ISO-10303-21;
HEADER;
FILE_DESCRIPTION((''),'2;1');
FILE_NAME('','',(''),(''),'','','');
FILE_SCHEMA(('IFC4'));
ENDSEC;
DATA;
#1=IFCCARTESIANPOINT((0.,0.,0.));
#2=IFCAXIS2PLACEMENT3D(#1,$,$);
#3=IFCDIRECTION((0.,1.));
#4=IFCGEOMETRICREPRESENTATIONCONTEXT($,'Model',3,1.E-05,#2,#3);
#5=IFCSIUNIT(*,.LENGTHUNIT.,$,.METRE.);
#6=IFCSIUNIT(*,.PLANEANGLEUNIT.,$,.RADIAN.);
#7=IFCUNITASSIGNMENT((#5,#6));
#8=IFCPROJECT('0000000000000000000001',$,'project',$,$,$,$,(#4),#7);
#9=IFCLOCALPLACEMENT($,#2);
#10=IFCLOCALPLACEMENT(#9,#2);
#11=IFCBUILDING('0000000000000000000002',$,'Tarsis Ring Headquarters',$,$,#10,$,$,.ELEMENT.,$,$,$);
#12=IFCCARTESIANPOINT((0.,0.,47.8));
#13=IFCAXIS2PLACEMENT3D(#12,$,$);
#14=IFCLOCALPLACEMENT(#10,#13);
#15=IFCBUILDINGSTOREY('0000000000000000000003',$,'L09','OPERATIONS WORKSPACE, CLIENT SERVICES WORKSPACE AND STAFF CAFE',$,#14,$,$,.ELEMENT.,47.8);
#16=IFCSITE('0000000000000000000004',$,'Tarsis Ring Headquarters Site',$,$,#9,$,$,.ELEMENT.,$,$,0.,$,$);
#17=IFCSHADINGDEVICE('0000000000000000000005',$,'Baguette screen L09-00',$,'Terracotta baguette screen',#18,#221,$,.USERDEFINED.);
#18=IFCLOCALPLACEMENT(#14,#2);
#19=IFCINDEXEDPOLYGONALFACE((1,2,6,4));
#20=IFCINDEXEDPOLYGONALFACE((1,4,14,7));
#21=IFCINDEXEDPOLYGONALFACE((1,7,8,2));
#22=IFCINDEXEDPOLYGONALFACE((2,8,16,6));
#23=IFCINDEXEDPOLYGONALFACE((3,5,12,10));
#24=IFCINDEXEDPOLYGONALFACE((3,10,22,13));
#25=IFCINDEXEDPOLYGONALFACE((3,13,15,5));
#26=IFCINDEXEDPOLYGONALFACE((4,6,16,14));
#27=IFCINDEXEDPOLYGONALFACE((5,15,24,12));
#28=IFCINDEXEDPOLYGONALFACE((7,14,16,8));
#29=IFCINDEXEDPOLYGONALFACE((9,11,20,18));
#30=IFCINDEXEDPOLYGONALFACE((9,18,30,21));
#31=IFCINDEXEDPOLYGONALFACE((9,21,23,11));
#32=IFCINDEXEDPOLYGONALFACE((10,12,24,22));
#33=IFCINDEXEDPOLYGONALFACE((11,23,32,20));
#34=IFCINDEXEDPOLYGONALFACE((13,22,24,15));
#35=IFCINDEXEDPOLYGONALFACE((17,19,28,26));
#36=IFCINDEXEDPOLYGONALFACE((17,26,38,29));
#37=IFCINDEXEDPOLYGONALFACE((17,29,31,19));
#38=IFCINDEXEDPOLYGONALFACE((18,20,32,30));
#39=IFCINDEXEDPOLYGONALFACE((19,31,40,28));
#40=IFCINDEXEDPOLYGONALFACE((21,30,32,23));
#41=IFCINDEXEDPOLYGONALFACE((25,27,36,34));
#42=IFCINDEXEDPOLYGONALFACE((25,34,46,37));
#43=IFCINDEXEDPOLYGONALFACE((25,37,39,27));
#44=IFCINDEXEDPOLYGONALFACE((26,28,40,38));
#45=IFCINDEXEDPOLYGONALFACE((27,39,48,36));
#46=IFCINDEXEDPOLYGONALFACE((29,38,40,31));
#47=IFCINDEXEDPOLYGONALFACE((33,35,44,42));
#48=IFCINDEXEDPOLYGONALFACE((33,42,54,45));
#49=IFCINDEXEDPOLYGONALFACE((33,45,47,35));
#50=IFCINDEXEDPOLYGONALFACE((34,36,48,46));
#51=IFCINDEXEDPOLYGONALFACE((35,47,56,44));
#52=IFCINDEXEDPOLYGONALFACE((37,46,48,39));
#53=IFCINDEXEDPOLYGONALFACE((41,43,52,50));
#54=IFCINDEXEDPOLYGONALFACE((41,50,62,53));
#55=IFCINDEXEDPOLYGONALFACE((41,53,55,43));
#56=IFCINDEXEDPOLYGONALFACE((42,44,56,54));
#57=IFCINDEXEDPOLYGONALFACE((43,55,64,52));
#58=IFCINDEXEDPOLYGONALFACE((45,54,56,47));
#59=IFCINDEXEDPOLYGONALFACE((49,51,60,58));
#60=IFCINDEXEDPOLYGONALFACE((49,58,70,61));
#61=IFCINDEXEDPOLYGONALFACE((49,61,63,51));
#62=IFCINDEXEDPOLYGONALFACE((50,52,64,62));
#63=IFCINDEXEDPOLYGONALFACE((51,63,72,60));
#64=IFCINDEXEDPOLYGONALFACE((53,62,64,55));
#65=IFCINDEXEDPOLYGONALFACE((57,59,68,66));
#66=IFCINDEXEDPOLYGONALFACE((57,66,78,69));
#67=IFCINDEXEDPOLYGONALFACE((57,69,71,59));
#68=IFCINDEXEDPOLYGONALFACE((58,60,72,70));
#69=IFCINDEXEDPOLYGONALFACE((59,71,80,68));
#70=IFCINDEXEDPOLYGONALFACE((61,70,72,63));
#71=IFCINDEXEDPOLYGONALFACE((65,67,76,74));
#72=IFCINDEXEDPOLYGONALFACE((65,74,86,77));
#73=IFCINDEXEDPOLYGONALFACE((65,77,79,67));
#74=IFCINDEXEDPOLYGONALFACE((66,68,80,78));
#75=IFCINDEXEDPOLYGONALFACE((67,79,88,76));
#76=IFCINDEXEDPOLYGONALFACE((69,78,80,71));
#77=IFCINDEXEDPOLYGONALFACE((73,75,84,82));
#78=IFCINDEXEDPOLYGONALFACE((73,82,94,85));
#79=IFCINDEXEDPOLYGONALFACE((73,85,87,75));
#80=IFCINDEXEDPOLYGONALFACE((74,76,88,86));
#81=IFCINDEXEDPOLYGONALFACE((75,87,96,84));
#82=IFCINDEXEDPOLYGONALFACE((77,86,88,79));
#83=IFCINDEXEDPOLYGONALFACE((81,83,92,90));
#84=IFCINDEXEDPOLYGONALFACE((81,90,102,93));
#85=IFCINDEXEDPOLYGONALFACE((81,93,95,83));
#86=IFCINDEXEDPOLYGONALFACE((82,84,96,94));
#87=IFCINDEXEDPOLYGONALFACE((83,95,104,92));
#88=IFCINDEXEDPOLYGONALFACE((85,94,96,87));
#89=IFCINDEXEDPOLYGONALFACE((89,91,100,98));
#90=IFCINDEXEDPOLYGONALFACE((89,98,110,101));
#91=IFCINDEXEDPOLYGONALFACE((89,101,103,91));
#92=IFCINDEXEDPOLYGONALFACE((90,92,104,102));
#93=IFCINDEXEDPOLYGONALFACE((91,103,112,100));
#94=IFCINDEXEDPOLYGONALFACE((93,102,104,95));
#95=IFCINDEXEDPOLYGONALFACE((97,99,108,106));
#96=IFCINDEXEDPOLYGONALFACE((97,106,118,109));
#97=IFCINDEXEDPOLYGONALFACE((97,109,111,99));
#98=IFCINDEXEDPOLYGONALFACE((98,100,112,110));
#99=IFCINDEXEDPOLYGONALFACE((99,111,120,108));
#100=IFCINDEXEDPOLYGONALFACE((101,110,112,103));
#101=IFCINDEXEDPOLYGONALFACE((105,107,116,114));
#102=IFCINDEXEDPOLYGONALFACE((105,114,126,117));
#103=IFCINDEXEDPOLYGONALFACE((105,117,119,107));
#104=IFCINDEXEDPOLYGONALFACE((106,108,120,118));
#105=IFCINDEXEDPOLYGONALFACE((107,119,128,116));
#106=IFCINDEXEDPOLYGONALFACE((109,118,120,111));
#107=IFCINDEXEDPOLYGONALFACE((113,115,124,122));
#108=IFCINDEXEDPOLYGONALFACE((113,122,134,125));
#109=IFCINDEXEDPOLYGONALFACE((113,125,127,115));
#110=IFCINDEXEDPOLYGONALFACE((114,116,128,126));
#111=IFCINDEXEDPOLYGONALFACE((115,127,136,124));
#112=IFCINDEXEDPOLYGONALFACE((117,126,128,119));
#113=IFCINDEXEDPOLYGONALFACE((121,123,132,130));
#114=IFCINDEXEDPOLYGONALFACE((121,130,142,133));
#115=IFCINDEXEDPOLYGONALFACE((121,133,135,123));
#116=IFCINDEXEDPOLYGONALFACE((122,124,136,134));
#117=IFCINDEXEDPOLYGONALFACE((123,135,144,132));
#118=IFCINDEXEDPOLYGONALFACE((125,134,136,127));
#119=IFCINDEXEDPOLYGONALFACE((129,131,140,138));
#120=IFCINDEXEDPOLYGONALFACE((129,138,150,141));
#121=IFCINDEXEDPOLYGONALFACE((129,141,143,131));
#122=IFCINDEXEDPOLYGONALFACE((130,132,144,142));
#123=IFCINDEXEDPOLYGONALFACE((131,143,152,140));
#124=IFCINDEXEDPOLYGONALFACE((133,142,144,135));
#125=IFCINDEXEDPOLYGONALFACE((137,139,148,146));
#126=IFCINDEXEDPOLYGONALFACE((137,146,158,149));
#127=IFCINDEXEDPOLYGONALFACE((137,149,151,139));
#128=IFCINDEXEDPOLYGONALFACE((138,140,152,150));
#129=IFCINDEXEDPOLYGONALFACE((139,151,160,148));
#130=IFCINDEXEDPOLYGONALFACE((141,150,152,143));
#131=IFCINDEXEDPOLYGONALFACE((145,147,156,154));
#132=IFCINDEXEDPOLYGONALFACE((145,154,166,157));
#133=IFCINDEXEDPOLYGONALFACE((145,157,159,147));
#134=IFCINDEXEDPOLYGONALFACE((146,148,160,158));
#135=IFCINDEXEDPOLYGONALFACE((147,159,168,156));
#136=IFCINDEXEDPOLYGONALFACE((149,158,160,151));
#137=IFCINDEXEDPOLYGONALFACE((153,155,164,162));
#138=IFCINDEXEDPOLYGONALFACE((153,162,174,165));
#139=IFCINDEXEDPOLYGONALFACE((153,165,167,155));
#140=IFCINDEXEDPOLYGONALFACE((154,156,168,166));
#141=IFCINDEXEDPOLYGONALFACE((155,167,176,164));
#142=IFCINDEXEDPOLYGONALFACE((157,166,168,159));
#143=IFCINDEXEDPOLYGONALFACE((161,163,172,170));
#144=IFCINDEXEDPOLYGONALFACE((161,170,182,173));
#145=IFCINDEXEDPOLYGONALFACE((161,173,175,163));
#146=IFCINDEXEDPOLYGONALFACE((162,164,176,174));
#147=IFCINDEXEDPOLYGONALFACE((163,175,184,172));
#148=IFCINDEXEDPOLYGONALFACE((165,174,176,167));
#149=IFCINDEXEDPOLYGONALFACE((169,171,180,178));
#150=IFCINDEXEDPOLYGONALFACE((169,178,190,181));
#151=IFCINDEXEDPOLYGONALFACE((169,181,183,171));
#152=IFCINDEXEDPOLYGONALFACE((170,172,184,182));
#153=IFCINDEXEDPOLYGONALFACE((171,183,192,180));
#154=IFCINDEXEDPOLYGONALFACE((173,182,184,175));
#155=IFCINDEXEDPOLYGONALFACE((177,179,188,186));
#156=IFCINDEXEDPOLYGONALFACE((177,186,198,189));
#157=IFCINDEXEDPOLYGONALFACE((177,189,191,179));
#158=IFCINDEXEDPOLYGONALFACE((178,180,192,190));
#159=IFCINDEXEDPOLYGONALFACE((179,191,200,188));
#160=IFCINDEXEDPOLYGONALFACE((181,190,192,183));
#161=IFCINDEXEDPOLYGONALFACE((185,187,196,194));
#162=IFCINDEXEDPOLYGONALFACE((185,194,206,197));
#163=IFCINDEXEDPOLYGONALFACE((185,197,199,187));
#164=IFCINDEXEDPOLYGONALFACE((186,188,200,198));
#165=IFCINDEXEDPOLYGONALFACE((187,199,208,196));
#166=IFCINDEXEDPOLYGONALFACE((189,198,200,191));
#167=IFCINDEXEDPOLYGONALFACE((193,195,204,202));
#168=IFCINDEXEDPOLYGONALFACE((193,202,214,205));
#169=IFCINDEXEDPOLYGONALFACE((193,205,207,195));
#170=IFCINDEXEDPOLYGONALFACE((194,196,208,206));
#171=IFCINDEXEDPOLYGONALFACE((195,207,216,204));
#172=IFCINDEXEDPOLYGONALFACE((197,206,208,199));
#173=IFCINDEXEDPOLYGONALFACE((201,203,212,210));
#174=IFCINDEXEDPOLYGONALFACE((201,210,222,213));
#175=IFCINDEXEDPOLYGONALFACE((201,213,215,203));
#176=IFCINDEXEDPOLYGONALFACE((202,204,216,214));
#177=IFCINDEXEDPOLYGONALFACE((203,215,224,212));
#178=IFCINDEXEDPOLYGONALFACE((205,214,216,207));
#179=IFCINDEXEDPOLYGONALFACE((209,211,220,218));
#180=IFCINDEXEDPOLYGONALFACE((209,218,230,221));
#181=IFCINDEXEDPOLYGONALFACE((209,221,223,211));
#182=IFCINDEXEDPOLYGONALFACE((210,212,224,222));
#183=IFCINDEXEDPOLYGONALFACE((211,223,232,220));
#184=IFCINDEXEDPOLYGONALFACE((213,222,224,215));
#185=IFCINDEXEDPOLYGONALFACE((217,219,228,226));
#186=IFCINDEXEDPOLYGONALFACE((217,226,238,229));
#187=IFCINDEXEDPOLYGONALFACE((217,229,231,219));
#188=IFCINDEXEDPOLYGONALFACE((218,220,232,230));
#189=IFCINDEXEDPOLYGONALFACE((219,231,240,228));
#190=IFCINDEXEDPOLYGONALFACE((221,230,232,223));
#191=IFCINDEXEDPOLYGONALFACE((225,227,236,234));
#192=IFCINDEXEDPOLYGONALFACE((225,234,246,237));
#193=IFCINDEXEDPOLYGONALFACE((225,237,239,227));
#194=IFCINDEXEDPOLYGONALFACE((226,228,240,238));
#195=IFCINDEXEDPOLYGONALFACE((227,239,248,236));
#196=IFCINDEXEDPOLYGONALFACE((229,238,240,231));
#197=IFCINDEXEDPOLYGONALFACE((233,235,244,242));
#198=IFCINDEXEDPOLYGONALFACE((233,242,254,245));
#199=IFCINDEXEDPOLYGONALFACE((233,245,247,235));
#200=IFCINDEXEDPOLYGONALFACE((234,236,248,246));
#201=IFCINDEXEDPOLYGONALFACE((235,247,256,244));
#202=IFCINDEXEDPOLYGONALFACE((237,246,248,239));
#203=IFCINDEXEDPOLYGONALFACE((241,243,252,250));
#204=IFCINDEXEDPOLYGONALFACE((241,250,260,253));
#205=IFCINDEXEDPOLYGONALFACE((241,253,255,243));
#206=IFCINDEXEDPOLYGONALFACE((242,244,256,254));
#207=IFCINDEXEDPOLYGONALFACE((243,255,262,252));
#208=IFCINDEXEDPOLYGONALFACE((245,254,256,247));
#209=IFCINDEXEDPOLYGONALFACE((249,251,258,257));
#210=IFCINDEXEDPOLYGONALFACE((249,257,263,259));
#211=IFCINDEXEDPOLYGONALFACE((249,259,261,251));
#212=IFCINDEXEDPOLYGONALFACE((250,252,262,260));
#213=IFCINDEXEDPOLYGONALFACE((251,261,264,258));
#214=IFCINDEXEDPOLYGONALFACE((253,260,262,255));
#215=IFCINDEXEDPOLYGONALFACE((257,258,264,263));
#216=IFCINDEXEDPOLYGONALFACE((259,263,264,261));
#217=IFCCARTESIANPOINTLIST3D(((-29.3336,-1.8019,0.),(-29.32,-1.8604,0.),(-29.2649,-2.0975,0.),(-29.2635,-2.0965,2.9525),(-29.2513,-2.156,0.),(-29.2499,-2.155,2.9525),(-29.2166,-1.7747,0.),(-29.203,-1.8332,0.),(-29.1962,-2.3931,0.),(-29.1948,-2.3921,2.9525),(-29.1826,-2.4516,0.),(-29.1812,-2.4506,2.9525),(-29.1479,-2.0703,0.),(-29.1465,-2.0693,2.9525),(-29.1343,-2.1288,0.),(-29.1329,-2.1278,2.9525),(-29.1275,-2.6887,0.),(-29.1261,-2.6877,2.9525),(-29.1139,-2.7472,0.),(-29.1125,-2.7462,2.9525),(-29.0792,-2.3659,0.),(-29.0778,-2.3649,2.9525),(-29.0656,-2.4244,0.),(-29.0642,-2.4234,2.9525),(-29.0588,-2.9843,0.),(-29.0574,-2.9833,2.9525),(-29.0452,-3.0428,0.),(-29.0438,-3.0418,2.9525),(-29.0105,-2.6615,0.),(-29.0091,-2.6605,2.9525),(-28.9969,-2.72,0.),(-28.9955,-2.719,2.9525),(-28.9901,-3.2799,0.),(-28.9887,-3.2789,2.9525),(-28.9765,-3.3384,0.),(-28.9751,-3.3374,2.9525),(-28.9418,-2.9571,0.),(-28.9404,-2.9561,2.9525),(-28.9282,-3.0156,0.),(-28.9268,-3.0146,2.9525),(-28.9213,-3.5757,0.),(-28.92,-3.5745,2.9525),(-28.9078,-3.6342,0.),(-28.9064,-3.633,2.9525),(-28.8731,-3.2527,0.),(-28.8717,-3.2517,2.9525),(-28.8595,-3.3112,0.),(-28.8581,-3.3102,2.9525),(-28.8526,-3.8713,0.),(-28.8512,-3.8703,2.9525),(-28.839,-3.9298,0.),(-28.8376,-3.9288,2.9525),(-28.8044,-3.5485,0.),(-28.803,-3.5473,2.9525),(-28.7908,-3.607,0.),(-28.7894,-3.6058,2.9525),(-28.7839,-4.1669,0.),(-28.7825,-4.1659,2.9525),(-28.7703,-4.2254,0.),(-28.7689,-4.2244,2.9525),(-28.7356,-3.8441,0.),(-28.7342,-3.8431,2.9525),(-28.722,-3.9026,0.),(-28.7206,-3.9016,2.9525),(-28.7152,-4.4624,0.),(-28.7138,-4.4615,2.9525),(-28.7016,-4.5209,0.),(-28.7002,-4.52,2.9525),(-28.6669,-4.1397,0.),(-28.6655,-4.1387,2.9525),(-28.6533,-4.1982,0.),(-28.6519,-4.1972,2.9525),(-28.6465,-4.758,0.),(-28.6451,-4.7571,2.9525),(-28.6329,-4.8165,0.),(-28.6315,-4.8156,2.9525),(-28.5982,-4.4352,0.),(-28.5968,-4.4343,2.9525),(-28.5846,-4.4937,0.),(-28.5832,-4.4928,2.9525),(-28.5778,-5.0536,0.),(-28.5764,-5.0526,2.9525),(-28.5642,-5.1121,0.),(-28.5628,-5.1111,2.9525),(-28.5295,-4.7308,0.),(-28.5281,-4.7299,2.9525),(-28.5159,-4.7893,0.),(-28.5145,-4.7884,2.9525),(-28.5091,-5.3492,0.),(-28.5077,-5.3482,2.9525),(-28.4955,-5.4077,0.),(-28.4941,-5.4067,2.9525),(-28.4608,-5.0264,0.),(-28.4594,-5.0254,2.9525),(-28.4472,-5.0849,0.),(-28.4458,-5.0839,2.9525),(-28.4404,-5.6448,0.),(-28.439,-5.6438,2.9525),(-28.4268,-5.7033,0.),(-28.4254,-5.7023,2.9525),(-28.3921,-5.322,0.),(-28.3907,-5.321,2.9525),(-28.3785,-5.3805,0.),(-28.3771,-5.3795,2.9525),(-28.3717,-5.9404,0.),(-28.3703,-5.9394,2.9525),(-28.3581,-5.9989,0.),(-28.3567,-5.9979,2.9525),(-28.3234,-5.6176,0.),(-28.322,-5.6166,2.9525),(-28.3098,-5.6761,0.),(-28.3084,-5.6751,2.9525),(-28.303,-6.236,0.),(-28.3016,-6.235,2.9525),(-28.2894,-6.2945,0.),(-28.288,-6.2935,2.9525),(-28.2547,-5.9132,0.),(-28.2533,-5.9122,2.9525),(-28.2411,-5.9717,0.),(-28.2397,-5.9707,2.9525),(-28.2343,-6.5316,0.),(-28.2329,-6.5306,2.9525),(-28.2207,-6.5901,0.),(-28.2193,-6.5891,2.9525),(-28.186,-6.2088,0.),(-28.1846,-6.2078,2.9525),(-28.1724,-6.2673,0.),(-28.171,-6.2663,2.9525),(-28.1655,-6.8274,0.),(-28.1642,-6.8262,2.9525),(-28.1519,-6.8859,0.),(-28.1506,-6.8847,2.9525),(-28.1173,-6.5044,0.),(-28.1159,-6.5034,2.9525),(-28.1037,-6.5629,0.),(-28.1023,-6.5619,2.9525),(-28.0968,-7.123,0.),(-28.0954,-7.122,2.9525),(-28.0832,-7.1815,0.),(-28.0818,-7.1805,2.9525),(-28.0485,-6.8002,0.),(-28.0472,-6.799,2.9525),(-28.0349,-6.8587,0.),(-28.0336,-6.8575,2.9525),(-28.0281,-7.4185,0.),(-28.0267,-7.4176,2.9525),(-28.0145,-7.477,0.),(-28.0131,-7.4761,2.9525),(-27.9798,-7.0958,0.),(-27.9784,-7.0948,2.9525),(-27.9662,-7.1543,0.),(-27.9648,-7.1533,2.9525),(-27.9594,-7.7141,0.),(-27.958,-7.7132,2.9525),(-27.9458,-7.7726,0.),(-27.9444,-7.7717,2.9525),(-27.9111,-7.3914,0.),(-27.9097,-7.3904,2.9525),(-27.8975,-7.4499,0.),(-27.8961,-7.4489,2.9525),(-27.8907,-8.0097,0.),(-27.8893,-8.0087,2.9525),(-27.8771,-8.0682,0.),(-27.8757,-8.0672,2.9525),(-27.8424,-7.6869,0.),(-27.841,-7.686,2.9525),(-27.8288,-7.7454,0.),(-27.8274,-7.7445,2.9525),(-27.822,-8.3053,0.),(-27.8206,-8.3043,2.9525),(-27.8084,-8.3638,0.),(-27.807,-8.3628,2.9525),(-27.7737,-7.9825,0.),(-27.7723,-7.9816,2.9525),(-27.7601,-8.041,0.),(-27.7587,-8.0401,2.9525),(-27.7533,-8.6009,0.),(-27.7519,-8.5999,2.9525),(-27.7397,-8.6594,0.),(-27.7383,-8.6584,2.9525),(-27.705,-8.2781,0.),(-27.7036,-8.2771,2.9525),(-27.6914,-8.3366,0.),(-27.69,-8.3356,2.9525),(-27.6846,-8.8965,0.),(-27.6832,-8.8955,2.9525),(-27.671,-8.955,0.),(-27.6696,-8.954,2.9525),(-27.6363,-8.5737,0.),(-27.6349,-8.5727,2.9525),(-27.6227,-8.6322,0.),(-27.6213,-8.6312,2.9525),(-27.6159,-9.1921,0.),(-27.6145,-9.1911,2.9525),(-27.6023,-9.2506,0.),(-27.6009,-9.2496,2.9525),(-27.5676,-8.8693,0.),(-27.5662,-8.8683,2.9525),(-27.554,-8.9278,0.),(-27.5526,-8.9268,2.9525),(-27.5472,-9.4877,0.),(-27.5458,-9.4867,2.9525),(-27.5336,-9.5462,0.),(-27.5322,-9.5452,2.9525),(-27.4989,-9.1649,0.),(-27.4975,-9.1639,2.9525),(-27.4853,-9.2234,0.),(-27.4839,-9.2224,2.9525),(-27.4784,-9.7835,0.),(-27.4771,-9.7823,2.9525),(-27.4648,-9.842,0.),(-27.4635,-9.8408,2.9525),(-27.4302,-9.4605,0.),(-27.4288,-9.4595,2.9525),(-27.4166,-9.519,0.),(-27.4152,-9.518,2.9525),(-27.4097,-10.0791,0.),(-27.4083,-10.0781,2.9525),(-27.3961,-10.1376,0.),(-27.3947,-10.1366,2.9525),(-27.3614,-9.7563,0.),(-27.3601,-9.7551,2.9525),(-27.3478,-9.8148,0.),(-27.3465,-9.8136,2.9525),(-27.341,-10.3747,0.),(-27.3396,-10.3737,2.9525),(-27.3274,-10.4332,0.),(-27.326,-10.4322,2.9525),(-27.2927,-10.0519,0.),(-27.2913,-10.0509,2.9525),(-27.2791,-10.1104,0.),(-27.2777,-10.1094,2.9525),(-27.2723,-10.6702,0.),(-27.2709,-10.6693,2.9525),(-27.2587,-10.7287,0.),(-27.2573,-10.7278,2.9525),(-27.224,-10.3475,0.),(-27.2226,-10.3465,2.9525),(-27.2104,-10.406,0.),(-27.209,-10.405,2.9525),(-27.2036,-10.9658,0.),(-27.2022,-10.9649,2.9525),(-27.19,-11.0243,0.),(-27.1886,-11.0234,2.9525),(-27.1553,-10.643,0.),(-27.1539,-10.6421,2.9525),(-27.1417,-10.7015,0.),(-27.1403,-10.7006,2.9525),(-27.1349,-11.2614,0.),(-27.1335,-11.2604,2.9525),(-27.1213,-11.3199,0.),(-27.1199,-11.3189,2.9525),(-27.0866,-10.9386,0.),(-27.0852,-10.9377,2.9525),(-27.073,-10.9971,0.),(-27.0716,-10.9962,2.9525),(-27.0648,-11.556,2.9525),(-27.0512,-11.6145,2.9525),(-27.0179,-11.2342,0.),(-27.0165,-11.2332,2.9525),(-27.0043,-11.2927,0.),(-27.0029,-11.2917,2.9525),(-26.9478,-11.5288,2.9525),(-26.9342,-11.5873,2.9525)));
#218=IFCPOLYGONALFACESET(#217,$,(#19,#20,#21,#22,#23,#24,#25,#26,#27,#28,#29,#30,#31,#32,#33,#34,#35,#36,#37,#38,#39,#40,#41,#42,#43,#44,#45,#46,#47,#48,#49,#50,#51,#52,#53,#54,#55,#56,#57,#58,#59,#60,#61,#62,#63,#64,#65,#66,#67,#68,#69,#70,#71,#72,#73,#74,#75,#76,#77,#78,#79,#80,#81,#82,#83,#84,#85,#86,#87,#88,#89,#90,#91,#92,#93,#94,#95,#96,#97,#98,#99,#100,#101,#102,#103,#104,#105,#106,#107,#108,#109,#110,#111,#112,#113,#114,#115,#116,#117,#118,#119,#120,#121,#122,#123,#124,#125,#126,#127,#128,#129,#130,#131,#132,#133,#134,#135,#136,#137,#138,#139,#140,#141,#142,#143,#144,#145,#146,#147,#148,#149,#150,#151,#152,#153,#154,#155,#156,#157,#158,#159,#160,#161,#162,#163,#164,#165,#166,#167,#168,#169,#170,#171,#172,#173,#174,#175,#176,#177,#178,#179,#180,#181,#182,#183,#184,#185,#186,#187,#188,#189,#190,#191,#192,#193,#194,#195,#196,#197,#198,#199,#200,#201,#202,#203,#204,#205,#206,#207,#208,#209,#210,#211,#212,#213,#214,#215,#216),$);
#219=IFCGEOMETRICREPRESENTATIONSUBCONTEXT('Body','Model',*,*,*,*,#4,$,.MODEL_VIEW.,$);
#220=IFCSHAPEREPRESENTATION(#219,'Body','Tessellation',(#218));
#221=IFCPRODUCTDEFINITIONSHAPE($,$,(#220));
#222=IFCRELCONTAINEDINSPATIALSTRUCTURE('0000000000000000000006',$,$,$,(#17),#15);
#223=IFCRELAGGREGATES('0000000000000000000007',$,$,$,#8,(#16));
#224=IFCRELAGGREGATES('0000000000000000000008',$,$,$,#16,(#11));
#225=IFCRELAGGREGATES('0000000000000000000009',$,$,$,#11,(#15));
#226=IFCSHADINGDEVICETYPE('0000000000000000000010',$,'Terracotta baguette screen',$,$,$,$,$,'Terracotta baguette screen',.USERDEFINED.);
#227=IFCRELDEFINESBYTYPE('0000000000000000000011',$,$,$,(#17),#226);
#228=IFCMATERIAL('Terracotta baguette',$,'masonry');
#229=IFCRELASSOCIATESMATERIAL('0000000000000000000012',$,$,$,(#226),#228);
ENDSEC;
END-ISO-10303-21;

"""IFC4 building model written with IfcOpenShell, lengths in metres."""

from ifc_helpers import new_model, si_unit, direction, frame, frame_2d, origin, place, context, subcontext, project, spatial, rectangle, composite_profile, extrude, material, type_object, element, save


model = new_model("IFC4")

# Units and contexts
model_context = context("Model", 3, precision=1e-05, world=origin(), true_north=direction((0.0, 1.0)))
body_context = subcontext(model_context, "Body", "Model", "MODEL_VIEW")
ifc_project = project(units=[si_unit("LENGTHUNIT", "METRE"), si_unit("PLANEANGLEUNIT", "RADIAN")], contexts=[model_context])

# Site, building, storey
site_placement = place(None, origin())
site = spatial("IfcSite", under=ifc_project, at=site_placement, Name="Tarsis Ring Headquarters Site", CompositionType="ELEMENT", RefElevation=0.0)
building_placement = place(site_placement, origin())
building = spatial("IfcBuilding", under=site, at=building_placement, Name="Tarsis Ring Headquarters", CompositionType="ELEMENT")
storey_placement = place(building_placement, frame((0.0, 0.0, 47.8)))
storey = spatial("IfcBuildingStorey", under=building, at=storey_placement, Name="L09", Description="OPERATIONS WORKSPACE, CLIENT SERVICES WORKSPACE AND STAFF CAFE", CompositionType="ELEMENT", Elevation=47.8)

# Shading device
ifc_material_1 = material(Name="Terracotta baguette", Category="masonry")
shading_device_type = type_object("IfcShadingDeviceType", Name="Terracotta baguette screen", ElementType="Terracotta baguette screen", PredefinedType="USERDEFINED", material=ifc_material_1)
shading_device_1_placement = place(storey_placement, frame((-29.2751, -1.7883, 0.0), z_axis=(0.0, 0.0, 1.0), x_axis=(0.226408, -0.974041, 0.0)))
element("IfcShadingDevice", 1, at=shading_device_1_placement, inside=storey, type_object=shading_device_type, Name="Baguette screen L09-00", ObjectType="Terracotta baguette screen", PredefinedType="USERDEFINED", context=body_context, shape_type="SweptSolid", body=[
    extrude(composite_profile([rectangle(XDim=0.0601, YDim=0.1201, at=frame_2d((0.03, 0.0))), rectangle(XDim=0.0601, YDim=0.1201, at=frame_2d((0.3335, 0.0))), rectangle(XDim=0.0601, YDim=0.1201, at=frame_2d((0.637, 0.0))), rectangle(XDim=0.0601, YDim=0.1201, at=frame_2d((0.9404, 0.0))), rectangle(XDim=0.0601, YDim=0.1201, at=frame_2d((1.2439, 0.0))), rectangle(XDim=0.0601, YDim=0.1201, at=frame_2d((1.5474, 0.0))), rectangle(XDim=0.0601, YDim=0.1201, at=frame_2d((1.8511, 0.0))), rectangle(XDim=0.0601, YDim=0.1201, at=frame_2d((2.1545, 0.0))), rectangle(XDim=0.0601, YDim=0.1201, at=frame_2d((2.458, 0.0))), rectangle(XDim=0.0601, YDim=0.1201, at=frame_2d((2.7615, 0.0))), rectangle(XDim=0.0601, YDim=0.1201, at=frame_2d((3.0649, 0.0))), rectangle(XDim=0.0601, YDim=0.1201, at=frame_2d((3.3684, 0.0))), rectangle(XDim=0.0601, YDim=0.1201, at=frame_2d((3.6719, 0.0))), rectangle(XDim=0.0601, YDim=0.1201, at=frame_2d((3.9753, 0.0))), rectangle(XDim=0.0601, YDim=0.1201, at=frame_2d((4.2788, 0.0))), rectangle(XDim=0.0601, YDim=0.1201, at=frame_2d((4.5823, 0.0))), rectangle(XDim=0.0601, YDim=0.1201, at=frame_2d((4.8857, 0.0))), rectangle(XDim=0.0601, YDim=0.1201, at=frame_2d((5.1895, 0.0))), rectangle(XDim=0.0601, YDim=0.1201, at=frame_2d((5.4929, 0.0))), rectangle(XDim=0.0601, YDim=0.1201, at=frame_2d((5.7964, 0.0))), rectangle(XDim=0.0601, YDim=0.1201, at=frame_2d((6.0999, 0.0))), rectangle(XDim=0.0601, YDim=0.1201, at=frame_2d((6.4033, 0.0))), rectangle(XDim=0.0601, YDim=0.1201, at=frame_2d((6.7068, 0.0))), rectangle(XDim=0.0601, YDim=0.1201, at=frame_2d((7.0103, 0.0))), rectangle(XDim=0.0601, YDim=0.1201, at=frame_2d((7.3137, 0.0))), rectangle(XDim=0.0601, YDim=0.1201, at=frame_2d((7.6172, 0.0))), rectangle(XDim=0.0601, YDim=0.1201, at=frame_2d((7.9207, 0.0))), rectangle(XDim=0.0601, YDim=0.1201, at=frame_2d((8.2244, 0.0))), rectangle(XDim=0.0601, YDim=0.1201, at=frame_2d((8.5278, 0.0))), rectangle(XDim=0.0601, YDim=0.1201, at=frame_2d((8.8313, 0.0))), rectangle(XDim=0.0601, YDim=0.1201, at=frame_2d((9.1348, 0.0))), rectangle(XDim=0.0601, YDim=0.1201, at=frame_2d((9.4382, 0.0))), rectangle(XDim=0.0601, YDim=0.1201, at=frame_2d((9.7417, 0.0)))]), origin(), (0.102032, 0.000533, 0.994781), 2.968),
])

save(model, "model.ifc")
